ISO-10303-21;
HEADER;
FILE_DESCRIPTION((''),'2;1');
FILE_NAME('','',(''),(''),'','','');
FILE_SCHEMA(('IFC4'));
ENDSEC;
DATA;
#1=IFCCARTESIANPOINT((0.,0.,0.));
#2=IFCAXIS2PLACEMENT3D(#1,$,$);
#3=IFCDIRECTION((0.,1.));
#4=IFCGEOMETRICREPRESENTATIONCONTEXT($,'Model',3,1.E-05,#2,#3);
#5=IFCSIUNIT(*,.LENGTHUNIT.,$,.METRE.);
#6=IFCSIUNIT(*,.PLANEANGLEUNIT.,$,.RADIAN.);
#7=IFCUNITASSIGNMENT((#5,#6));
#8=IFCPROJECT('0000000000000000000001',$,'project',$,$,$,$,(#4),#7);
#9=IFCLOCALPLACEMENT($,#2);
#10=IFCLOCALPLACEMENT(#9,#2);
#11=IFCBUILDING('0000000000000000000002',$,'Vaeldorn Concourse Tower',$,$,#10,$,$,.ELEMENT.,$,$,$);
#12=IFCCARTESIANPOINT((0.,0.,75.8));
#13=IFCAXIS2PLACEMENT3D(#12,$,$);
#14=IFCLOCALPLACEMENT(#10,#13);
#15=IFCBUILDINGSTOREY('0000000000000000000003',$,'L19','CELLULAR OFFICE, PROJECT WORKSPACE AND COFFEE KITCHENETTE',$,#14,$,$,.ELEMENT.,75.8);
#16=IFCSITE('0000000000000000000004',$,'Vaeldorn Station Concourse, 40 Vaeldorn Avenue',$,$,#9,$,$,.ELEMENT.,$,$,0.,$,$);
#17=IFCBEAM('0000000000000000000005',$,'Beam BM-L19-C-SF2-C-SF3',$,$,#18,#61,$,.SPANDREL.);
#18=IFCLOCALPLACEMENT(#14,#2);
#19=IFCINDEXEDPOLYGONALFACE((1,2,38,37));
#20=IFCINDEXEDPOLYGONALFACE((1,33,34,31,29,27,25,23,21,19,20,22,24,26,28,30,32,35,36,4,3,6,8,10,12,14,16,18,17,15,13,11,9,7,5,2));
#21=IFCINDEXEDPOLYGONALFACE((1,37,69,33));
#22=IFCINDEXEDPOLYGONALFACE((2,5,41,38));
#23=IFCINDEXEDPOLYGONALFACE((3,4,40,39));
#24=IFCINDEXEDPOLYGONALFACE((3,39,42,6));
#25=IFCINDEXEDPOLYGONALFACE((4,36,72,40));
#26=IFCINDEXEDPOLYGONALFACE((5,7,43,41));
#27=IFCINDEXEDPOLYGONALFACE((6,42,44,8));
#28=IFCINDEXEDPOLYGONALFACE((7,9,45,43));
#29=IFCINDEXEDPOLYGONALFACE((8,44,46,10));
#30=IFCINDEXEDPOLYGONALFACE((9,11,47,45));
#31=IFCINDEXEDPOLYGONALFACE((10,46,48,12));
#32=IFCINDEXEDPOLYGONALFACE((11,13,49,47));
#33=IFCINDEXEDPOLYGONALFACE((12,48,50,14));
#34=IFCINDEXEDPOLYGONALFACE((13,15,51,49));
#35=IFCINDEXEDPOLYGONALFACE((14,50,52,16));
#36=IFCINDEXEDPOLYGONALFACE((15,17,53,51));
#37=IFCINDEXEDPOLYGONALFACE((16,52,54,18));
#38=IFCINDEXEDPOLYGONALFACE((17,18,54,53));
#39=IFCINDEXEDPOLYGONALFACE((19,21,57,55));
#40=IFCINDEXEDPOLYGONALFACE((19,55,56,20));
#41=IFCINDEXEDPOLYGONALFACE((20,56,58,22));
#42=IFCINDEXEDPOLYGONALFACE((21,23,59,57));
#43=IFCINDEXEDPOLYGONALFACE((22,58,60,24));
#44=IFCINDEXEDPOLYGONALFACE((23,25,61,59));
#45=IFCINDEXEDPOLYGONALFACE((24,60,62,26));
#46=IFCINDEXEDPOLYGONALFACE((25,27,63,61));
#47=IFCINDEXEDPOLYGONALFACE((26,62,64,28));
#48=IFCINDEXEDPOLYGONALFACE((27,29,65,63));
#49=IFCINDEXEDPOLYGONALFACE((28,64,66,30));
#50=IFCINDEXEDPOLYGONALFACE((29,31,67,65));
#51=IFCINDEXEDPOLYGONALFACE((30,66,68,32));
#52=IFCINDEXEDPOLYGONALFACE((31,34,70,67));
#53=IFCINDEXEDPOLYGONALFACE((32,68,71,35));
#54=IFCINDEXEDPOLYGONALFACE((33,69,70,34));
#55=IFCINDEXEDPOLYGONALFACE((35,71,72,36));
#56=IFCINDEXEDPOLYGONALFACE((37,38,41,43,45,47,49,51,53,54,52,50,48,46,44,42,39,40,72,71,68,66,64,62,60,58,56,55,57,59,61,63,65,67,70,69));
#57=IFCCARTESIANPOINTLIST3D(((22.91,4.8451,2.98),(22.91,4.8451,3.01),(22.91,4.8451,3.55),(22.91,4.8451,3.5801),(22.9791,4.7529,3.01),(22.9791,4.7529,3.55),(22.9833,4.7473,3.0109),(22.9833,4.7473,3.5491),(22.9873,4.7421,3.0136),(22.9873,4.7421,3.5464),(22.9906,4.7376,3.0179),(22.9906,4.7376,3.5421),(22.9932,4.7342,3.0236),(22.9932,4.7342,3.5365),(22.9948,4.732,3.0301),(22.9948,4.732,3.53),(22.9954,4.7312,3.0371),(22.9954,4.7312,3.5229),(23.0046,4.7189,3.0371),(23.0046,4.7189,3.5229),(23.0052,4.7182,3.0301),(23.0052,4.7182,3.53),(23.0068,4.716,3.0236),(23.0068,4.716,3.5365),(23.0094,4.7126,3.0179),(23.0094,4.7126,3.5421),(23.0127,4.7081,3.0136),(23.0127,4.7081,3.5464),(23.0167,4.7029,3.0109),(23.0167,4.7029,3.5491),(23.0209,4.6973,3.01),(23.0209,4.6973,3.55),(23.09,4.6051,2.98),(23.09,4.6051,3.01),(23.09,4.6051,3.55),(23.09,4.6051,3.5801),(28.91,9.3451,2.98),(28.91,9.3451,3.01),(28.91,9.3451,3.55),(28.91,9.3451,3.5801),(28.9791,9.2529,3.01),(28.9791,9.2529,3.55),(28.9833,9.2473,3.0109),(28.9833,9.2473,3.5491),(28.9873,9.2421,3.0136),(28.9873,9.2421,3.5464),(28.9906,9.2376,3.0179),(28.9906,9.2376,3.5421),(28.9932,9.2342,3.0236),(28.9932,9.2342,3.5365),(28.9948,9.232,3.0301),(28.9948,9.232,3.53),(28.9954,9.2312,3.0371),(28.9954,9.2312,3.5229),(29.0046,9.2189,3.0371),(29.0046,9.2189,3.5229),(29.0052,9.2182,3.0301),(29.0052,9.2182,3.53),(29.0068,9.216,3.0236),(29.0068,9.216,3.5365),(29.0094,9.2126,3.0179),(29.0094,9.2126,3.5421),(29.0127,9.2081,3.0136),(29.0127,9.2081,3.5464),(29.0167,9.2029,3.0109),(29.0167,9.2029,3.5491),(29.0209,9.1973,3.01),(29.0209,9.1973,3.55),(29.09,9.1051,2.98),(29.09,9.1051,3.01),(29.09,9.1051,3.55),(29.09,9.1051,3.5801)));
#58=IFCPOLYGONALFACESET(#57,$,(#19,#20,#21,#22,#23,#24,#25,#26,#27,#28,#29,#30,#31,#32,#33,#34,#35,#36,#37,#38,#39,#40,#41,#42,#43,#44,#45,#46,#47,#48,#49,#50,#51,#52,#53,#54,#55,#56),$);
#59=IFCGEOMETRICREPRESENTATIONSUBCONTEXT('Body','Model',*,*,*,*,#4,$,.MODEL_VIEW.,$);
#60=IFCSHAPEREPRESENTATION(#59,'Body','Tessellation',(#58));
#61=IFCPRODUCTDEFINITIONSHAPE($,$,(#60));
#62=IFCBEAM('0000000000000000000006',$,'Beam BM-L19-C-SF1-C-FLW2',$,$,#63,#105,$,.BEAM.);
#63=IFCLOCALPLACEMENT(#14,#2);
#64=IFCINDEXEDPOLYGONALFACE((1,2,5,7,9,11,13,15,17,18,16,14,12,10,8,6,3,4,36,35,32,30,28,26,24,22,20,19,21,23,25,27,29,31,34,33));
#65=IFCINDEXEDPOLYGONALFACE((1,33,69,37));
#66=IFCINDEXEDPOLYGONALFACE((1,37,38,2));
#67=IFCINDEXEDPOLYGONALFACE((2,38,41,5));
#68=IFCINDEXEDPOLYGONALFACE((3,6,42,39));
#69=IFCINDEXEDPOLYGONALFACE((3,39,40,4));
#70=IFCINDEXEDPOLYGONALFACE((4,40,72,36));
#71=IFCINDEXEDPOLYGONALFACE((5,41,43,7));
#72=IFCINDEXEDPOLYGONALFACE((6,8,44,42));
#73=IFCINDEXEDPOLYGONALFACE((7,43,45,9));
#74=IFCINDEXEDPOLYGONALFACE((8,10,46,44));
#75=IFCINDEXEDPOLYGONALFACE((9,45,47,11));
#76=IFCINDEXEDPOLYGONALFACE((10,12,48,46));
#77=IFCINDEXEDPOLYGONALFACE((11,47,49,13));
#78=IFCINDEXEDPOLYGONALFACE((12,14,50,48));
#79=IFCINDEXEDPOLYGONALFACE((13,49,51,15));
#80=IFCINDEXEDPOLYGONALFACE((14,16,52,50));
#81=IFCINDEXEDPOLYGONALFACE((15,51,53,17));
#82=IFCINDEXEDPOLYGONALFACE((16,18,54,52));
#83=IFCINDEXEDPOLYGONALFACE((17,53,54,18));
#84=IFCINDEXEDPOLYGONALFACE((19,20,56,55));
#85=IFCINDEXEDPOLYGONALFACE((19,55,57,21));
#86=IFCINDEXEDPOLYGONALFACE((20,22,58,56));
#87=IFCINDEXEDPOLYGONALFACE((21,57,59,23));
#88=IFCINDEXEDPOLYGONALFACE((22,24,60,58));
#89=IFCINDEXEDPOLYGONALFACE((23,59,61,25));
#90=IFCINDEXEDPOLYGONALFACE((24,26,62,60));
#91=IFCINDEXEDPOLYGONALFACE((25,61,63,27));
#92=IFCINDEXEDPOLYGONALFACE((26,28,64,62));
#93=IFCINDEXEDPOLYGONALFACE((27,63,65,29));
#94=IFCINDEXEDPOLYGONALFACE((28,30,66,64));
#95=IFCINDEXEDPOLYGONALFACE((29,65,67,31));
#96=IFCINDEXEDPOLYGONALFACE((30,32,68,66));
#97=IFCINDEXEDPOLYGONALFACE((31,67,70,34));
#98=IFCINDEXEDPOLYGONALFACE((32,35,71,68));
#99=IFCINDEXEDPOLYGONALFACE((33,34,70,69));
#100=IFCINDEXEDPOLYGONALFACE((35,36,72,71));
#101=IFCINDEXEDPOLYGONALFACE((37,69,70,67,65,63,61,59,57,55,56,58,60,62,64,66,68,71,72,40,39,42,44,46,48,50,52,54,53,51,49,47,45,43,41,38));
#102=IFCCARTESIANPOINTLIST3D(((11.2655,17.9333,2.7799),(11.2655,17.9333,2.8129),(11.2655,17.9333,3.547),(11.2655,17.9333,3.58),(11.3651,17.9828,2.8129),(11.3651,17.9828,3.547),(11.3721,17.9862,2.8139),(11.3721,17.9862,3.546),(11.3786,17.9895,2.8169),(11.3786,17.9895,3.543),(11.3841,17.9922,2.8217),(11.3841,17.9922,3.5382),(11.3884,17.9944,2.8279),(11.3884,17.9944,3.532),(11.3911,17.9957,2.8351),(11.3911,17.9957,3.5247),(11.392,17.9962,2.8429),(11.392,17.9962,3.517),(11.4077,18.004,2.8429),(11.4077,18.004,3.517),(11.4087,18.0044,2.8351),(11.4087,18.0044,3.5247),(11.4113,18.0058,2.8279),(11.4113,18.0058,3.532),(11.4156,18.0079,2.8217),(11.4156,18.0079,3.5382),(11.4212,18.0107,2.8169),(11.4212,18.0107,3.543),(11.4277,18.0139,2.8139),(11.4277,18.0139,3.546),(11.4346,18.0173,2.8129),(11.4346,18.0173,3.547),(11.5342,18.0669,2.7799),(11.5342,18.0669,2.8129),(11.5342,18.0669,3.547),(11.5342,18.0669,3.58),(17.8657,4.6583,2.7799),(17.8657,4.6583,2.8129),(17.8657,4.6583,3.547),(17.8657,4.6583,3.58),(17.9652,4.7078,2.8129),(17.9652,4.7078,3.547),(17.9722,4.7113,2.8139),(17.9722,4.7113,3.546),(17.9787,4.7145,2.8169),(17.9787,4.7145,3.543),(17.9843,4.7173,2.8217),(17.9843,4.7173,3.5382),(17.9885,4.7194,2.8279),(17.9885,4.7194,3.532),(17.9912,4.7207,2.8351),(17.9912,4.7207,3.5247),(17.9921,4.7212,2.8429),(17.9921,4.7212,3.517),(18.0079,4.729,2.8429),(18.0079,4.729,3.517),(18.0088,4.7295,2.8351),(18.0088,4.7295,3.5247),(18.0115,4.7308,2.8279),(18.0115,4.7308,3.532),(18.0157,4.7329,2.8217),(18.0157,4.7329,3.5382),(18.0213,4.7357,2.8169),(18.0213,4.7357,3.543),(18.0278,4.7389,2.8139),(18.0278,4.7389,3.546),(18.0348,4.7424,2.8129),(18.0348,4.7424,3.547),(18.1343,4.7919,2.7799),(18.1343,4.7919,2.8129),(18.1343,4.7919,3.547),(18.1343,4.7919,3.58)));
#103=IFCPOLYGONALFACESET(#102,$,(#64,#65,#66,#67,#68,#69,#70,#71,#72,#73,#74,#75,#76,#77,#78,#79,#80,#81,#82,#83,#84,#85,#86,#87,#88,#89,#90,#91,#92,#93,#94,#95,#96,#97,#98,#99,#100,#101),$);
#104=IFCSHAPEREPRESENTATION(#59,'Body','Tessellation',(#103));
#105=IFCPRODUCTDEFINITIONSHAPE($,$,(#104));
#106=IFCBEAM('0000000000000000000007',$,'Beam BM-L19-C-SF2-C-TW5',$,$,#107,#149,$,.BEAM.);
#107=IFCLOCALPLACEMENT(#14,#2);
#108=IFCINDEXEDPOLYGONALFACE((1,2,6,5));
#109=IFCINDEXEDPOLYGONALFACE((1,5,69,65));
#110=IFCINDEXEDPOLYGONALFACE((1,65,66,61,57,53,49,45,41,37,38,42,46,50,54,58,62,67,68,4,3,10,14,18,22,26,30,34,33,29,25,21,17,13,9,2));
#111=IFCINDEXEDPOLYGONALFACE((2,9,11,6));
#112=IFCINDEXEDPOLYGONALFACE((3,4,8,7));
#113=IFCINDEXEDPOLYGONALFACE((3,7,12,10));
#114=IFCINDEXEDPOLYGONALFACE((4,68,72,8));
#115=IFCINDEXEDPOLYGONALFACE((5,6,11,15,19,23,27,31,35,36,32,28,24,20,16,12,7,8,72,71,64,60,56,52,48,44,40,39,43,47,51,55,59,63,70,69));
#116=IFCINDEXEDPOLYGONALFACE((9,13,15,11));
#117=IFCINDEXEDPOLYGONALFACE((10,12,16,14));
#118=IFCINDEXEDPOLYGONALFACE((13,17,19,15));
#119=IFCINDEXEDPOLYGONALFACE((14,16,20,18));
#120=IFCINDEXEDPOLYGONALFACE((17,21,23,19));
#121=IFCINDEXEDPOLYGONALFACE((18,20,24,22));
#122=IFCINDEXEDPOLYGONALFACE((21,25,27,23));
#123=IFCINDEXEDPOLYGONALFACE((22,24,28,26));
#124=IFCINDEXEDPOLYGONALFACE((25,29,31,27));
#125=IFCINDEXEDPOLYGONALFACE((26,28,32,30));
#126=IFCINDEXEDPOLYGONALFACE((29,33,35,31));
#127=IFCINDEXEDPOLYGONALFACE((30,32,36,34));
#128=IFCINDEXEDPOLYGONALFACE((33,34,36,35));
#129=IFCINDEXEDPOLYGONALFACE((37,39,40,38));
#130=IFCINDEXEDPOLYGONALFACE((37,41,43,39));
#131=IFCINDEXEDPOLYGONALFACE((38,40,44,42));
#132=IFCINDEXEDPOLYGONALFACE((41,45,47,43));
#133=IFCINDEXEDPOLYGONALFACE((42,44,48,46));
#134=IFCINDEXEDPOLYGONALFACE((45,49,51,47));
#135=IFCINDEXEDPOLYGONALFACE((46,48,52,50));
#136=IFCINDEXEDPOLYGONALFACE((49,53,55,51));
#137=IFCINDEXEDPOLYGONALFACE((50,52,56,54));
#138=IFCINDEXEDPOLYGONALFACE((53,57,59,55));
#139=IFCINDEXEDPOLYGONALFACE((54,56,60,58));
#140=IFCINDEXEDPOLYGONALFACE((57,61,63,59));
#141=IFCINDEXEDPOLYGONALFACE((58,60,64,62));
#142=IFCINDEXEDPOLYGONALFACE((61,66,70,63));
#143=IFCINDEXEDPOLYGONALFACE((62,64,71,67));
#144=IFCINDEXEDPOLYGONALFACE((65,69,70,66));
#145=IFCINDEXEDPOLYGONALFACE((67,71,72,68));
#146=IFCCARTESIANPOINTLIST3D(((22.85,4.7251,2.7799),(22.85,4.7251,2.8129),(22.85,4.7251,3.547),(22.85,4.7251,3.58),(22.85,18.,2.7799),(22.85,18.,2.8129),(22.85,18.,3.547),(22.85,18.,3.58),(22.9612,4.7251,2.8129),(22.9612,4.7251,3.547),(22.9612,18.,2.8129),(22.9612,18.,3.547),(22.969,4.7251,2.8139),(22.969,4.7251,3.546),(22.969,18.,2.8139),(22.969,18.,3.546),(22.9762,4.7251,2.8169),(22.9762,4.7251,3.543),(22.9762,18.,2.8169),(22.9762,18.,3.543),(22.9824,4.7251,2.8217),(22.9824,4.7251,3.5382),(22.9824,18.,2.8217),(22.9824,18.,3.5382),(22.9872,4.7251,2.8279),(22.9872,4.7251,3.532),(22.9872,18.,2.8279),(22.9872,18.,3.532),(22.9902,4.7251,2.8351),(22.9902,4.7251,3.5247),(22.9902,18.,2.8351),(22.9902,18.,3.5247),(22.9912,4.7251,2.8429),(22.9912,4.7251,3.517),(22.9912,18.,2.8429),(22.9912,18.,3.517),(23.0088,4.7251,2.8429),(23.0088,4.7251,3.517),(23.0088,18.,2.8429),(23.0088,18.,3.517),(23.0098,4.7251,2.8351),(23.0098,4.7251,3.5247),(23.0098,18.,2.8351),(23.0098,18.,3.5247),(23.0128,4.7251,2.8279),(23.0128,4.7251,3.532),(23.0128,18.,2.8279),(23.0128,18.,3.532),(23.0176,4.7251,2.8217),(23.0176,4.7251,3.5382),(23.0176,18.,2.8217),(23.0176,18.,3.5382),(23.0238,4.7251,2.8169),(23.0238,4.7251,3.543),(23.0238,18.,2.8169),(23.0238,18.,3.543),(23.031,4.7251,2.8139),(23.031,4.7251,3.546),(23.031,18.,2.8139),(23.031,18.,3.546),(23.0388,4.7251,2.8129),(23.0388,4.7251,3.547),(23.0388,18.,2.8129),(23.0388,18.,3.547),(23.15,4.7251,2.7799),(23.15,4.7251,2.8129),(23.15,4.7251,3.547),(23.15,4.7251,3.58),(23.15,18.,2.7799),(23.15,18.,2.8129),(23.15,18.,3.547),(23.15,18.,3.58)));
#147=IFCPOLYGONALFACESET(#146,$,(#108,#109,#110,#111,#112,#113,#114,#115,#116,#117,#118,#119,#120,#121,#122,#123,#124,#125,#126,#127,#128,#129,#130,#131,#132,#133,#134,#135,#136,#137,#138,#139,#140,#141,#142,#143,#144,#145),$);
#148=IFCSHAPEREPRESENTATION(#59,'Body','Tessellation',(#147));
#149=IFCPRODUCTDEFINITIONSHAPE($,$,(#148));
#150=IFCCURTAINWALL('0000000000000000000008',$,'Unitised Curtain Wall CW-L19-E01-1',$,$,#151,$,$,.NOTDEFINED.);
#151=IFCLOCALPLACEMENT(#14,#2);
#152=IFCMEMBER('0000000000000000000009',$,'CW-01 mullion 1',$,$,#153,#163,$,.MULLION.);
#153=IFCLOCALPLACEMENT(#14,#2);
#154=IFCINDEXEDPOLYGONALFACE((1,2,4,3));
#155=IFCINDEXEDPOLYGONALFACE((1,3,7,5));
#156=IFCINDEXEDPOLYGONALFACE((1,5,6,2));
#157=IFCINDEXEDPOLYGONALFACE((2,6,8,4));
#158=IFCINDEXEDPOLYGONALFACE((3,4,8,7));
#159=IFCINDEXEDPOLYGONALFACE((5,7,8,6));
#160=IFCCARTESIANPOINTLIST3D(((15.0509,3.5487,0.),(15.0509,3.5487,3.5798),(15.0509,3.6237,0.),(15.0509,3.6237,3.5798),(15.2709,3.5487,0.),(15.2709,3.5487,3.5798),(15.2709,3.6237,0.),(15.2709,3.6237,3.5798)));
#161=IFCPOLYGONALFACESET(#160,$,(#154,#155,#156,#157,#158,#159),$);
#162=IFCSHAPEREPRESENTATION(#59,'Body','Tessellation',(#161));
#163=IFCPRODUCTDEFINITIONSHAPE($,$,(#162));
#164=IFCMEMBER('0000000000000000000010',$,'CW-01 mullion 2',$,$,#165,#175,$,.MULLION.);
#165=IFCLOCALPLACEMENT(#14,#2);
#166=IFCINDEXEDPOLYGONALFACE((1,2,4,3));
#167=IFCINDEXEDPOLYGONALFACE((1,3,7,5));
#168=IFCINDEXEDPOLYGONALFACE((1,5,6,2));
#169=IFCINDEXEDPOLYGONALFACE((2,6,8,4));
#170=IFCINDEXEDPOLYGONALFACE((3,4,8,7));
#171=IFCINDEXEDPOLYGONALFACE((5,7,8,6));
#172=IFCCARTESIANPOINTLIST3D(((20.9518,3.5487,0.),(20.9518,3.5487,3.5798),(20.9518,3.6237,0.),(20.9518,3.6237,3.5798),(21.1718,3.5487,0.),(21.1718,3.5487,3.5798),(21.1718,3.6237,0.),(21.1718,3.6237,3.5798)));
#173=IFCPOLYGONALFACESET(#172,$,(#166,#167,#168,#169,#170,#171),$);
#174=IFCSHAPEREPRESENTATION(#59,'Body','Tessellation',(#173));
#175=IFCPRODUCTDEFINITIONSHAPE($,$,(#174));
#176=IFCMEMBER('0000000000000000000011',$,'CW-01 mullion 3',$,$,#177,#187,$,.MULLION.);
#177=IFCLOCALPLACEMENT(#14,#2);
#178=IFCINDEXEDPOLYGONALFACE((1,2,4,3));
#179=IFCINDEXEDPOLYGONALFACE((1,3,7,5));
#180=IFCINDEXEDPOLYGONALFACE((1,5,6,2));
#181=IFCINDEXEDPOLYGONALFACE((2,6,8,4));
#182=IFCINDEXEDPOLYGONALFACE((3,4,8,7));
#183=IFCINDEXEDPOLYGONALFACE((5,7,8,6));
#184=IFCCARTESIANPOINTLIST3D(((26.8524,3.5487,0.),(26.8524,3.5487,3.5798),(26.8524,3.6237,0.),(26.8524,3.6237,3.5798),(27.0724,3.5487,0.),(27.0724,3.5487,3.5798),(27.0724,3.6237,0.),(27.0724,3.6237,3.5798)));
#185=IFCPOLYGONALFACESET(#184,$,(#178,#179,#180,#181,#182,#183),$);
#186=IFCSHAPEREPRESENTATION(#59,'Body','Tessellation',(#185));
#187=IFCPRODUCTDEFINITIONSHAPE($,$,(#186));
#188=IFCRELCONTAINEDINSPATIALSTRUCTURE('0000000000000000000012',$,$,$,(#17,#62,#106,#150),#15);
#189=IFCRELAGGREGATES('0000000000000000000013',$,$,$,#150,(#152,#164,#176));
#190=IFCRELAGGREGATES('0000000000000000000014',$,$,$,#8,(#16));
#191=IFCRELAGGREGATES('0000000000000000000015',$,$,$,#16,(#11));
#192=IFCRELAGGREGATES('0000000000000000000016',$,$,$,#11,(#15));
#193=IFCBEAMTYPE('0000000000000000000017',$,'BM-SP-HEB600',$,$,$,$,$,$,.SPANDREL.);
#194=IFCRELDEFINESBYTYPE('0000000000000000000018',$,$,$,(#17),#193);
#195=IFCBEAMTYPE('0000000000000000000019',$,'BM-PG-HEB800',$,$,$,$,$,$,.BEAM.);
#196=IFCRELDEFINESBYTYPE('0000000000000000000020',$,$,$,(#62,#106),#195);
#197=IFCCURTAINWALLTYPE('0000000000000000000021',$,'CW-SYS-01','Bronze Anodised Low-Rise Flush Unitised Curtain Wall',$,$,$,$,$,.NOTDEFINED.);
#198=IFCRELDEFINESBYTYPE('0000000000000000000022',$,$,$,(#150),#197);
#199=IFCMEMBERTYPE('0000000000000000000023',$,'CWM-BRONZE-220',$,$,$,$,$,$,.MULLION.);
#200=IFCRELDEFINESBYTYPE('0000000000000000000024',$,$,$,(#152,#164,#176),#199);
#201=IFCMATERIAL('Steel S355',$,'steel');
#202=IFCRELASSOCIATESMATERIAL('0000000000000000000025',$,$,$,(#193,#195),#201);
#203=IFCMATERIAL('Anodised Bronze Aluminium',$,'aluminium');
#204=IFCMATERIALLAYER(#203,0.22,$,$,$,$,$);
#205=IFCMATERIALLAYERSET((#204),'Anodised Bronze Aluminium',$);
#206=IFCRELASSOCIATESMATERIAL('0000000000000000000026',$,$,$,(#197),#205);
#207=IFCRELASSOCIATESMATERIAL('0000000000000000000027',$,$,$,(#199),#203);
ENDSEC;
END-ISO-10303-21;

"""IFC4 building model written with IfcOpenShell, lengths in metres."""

from ifc_helpers import new_model, si_unit, direction, frame, origin, origin_2d, place, context, subcontext, project, spatial, rectangle, i_section, extrude, source, transform, mapped, material, layer, layer_set, material_profile, profile_set, type_object, element, aggregate, save


model = new_model("IFC4")

# Units and contexts
model_context = context("Model", 3, precision=1e-05, world=origin(), true_north=direction((0.0, 1.0)))
body_context = subcontext(model_context, "Body", "Model", "MODEL_VIEW")
ifc_project = project(units=[si_unit("LENGTHUNIT", "METRE"), si_unit("PLANEANGLEUNIT", "RADIAN")], contexts=[model_context])

# Site, building, storey
site_placement = place(None, origin())
site = spatial("IfcSite", under=ifc_project, at=site_placement, Name="Vaeldorn Station Concourse, 40 Vaeldorn Avenue", CompositionType="ELEMENT", RefElevation=0.0)
building_placement = place(site_placement, origin())
building = spatial("IfcBuilding", under=site, at=building_placement, Name="Vaeldorn Concourse Tower", CompositionType="ELEMENT")
storey_placement = place(building_placement, frame((0.0, 0.0, 75.8)))
storey = spatial("IfcBuildingStorey", under=building, at=storey_placement, Name="L19", Description="CELLULAR OFFICE, PROJECT WORKSPACE AND COFFEE KITCHENETTE", CompositionType="ELEMENT", Elevation=75.8)

# Beams
ifc_material_1 = material(Name="Steel S355", Category="steel")
ifc_material_profile_1 = material_profile(ifc_material_1, i_section(OverallWidth=0.3, OverallDepth=0.6001, WebThickness=0.0154, FlangeThickness=0.03, FilletRadius=0.0271, at=origin_2d()), Name="HEB 600")
ifc_profile_set_1 = profile_set([ifc_material_profile_1], Name="Steel S355")
beam_type_1 = type_object("IfcBeamType", Name="BM-SP-HEB600", PredefinedType="SPANDREL", material=ifc_profile_set_1)
shared_shape_1 = source(origin(), body_context, "Body", "SweptSolid", [
    extrude(i_section(OverallWidth=0.3, OverallDepth=0.6001, WebThickness=0.0154, FlangeThickness=0.03, FilletRadius=0.0271, at=origin_2d()), origin(), (0.0, 0.0, 1.0), 7.5),
])
beam_1_placement = place(storey_placement, frame((23.0, 4.7251, 3.28), z_axis=(0.8, 0.6, 0.0), x_axis=(-0.6, 0.8, 0.0)))
element("IfcBeam", 1, at=beam_1_placement, inside=storey, type_object=beam_type_1, Name="Beam BM-L19-C-SF2-C-SF3", PredefinedType="SPANDREL", context=body_context, shape_type="MappedRepresentation", body=[
    mapped(shared_shape_1, transform((0.0, 0.0, 0.0), scale=1.0)),
])
ifc_material_profile_2 = material_profile(ifc_material_1, i_section(OverallWidth=0.3, OverallDepth=0.8, WebThickness=0.0176, FlangeThickness=0.033, FilletRadius=0.03, at=origin_2d()), Name="HEB 800")
ifc_profile_set_2 = profile_set([ifc_material_profile_2], Name="Steel S355")
beam_type_2 = type_object("IfcBeamType", Name="BM-PG-HEB800", PredefinedType="BEAM", material=ifc_profile_set_2)
shared_shape_2 = source(origin(), body_context, "Body", "SweptSolid", [
    extrude(i_section(OverallWidth=0.3, OverallDepth=0.8, WebThickness=0.0176, FlangeThickness=0.033, FilletRadius=0.03, at=origin_2d()), origin(), (0.0, 0.0, 1.0), 14.8252),
])
beam_2_placement = place(storey_placement, frame((18.0, 4.7251, 3.1799), z_axis=(-0.445197, 0.895433, 0.0), x_axis=(-0.895433, -0.445197, 0.0)))
element("IfcBeam", 2, at=beam_2_placement, inside=storey, type_object=beam_type_2, Name="Beam BM-L19-C-SF1-C-FLW2", PredefinedType="BEAM", context=body_context, shape_type="MappedRepresentation", body=[
    mapped(shared_shape_2, transform((0.0, 0.0, 0.0), scale=1.0)),
])
shared_shape_3 = source(origin(), body_context, "Body", "SweptSolid", [
    extrude(i_section(OverallWidth=0.3, OverallDepth=0.8, WebThickness=0.0176, FlangeThickness=0.033, FilletRadius=0.03, at=origin_2d()), origin(), (0.0, 0.0, 1.0), 13.2749),
])
beam_3_placement = place(storey_placement, frame((23.0, 4.7251, 3.1799), z_axis=(0.0, 1.0, 0.0), x_axis=(-1.0, 0.0, 0.0)))
element("IfcBeam", 3, at=beam_3_placement, inside=storey, type_object=beam_type_2, Name="Beam BM-L19-C-SF2-C-TW5", PredefinedType="BEAM", context=body_context, shape_type="MappedRepresentation", body=[
    mapped(shared_shape_3, transform((0.0, 0.0, 0.0), scale=1.0)),
])

# Curtain wall, members
ifc_material_2 = material(Name="Anodised Bronze Aluminium", Category="aluminium")
ifc_layer_1 = layer(ifc_material_2, 0.22)
ifc_layer_set_1 = layer_set([ifc_layer_1], Name="Anodised Bronze Aluminium")
curtain_wall_type = type_object("IfcCurtainWallType", Name="CW-SYS-01", Description="Bronze Anodised Low-Rise Flush Unitised Curtain Wall", PredefinedType="NOTDEFINED", material=ifc_layer_set_1)
curtain_wall_1_placement = place(storey_placement, origin())
curtain_wall_1 = element("IfcCurtainWall", 4, at=curtain_wall_1_placement, inside=storey, type_object=curtain_wall_type, Name="Unitised Curtain Wall CW-L19-E01-1", PredefinedType="NOTDEFINED")
ifc_material_profile_3 = material_profile(ifc_material_2, rectangle(XDim=0.075, YDim=0.22, at=origin_2d()), Name="CWM 75x220")
ifc_profile_set_3 = profile_set([ifc_material_profile_3], Name="Anodised Bronze Aluminium")
member_type_1 = type_object("IfcMemberType", Name="CWM-BRONZE-220", PredefinedType="MULLION", material=ifc_profile_set_3)
shared_shape_4 = source(origin(), body_context, "Body", "SweptSolid", [
    extrude(rectangle(XDim=0.075, YDim=0.22, at=origin_2d()), origin(), (0.0, 0.0, 1.0), 3.5798),
])
member_1_placement = place(storey_placement, frame((15.1609, 3.5862, 0.0), z_axis=(0.0, 0.0, 1.0), x_axis=(0.0, 1.0, 0.0)))
member_1 = element("IfcMember", 5, at=member_1_placement, type_object=member_type_1, Name="CW-01 mullion 1", PredefinedType="MULLION", context=body_context, shape_type="MappedRepresentation", body=[
    mapped(shared_shape_4, transform((0.0, 0.0, 0.0), scale=1.0)),
])
member_2_placement = place(storey_placement, frame((21.0618, 3.5862, 0.0), z_axis=(0.0, 0.0, 1.0), x_axis=(0.0, 1.0, 0.0)))
member_2 = element("IfcMember", 6, at=member_2_placement, type_object=member_type_1, Name="CW-01 mullion 2", PredefinedType="MULLION", context=body_context, shape_type="MappedRepresentation", body=[
    mapped(shared_shape_4, transform((0.0, 0.0, 0.0), scale=1.0)),
])
member_3_placement = place(storey_placement, frame((26.9624, 3.5862, 0.0), z_axis=(0.0, 0.0, 1.0), x_axis=(0.0, 1.0, 0.0)))
member_3 = element("IfcMember", 7, at=member_3_placement, type_object=member_type_1, Name="CW-01 mullion 3", PredefinedType="MULLION", context=body_context, shape_type="MappedRepresentation", body=[
    mapped(shared_shape_4, transform((0.0, 0.0, 0.0), scale=1.0)),
])

aggregate(curtain_wall_1, [member_1, member_2, member_3])

save(model, "model.ifc")
